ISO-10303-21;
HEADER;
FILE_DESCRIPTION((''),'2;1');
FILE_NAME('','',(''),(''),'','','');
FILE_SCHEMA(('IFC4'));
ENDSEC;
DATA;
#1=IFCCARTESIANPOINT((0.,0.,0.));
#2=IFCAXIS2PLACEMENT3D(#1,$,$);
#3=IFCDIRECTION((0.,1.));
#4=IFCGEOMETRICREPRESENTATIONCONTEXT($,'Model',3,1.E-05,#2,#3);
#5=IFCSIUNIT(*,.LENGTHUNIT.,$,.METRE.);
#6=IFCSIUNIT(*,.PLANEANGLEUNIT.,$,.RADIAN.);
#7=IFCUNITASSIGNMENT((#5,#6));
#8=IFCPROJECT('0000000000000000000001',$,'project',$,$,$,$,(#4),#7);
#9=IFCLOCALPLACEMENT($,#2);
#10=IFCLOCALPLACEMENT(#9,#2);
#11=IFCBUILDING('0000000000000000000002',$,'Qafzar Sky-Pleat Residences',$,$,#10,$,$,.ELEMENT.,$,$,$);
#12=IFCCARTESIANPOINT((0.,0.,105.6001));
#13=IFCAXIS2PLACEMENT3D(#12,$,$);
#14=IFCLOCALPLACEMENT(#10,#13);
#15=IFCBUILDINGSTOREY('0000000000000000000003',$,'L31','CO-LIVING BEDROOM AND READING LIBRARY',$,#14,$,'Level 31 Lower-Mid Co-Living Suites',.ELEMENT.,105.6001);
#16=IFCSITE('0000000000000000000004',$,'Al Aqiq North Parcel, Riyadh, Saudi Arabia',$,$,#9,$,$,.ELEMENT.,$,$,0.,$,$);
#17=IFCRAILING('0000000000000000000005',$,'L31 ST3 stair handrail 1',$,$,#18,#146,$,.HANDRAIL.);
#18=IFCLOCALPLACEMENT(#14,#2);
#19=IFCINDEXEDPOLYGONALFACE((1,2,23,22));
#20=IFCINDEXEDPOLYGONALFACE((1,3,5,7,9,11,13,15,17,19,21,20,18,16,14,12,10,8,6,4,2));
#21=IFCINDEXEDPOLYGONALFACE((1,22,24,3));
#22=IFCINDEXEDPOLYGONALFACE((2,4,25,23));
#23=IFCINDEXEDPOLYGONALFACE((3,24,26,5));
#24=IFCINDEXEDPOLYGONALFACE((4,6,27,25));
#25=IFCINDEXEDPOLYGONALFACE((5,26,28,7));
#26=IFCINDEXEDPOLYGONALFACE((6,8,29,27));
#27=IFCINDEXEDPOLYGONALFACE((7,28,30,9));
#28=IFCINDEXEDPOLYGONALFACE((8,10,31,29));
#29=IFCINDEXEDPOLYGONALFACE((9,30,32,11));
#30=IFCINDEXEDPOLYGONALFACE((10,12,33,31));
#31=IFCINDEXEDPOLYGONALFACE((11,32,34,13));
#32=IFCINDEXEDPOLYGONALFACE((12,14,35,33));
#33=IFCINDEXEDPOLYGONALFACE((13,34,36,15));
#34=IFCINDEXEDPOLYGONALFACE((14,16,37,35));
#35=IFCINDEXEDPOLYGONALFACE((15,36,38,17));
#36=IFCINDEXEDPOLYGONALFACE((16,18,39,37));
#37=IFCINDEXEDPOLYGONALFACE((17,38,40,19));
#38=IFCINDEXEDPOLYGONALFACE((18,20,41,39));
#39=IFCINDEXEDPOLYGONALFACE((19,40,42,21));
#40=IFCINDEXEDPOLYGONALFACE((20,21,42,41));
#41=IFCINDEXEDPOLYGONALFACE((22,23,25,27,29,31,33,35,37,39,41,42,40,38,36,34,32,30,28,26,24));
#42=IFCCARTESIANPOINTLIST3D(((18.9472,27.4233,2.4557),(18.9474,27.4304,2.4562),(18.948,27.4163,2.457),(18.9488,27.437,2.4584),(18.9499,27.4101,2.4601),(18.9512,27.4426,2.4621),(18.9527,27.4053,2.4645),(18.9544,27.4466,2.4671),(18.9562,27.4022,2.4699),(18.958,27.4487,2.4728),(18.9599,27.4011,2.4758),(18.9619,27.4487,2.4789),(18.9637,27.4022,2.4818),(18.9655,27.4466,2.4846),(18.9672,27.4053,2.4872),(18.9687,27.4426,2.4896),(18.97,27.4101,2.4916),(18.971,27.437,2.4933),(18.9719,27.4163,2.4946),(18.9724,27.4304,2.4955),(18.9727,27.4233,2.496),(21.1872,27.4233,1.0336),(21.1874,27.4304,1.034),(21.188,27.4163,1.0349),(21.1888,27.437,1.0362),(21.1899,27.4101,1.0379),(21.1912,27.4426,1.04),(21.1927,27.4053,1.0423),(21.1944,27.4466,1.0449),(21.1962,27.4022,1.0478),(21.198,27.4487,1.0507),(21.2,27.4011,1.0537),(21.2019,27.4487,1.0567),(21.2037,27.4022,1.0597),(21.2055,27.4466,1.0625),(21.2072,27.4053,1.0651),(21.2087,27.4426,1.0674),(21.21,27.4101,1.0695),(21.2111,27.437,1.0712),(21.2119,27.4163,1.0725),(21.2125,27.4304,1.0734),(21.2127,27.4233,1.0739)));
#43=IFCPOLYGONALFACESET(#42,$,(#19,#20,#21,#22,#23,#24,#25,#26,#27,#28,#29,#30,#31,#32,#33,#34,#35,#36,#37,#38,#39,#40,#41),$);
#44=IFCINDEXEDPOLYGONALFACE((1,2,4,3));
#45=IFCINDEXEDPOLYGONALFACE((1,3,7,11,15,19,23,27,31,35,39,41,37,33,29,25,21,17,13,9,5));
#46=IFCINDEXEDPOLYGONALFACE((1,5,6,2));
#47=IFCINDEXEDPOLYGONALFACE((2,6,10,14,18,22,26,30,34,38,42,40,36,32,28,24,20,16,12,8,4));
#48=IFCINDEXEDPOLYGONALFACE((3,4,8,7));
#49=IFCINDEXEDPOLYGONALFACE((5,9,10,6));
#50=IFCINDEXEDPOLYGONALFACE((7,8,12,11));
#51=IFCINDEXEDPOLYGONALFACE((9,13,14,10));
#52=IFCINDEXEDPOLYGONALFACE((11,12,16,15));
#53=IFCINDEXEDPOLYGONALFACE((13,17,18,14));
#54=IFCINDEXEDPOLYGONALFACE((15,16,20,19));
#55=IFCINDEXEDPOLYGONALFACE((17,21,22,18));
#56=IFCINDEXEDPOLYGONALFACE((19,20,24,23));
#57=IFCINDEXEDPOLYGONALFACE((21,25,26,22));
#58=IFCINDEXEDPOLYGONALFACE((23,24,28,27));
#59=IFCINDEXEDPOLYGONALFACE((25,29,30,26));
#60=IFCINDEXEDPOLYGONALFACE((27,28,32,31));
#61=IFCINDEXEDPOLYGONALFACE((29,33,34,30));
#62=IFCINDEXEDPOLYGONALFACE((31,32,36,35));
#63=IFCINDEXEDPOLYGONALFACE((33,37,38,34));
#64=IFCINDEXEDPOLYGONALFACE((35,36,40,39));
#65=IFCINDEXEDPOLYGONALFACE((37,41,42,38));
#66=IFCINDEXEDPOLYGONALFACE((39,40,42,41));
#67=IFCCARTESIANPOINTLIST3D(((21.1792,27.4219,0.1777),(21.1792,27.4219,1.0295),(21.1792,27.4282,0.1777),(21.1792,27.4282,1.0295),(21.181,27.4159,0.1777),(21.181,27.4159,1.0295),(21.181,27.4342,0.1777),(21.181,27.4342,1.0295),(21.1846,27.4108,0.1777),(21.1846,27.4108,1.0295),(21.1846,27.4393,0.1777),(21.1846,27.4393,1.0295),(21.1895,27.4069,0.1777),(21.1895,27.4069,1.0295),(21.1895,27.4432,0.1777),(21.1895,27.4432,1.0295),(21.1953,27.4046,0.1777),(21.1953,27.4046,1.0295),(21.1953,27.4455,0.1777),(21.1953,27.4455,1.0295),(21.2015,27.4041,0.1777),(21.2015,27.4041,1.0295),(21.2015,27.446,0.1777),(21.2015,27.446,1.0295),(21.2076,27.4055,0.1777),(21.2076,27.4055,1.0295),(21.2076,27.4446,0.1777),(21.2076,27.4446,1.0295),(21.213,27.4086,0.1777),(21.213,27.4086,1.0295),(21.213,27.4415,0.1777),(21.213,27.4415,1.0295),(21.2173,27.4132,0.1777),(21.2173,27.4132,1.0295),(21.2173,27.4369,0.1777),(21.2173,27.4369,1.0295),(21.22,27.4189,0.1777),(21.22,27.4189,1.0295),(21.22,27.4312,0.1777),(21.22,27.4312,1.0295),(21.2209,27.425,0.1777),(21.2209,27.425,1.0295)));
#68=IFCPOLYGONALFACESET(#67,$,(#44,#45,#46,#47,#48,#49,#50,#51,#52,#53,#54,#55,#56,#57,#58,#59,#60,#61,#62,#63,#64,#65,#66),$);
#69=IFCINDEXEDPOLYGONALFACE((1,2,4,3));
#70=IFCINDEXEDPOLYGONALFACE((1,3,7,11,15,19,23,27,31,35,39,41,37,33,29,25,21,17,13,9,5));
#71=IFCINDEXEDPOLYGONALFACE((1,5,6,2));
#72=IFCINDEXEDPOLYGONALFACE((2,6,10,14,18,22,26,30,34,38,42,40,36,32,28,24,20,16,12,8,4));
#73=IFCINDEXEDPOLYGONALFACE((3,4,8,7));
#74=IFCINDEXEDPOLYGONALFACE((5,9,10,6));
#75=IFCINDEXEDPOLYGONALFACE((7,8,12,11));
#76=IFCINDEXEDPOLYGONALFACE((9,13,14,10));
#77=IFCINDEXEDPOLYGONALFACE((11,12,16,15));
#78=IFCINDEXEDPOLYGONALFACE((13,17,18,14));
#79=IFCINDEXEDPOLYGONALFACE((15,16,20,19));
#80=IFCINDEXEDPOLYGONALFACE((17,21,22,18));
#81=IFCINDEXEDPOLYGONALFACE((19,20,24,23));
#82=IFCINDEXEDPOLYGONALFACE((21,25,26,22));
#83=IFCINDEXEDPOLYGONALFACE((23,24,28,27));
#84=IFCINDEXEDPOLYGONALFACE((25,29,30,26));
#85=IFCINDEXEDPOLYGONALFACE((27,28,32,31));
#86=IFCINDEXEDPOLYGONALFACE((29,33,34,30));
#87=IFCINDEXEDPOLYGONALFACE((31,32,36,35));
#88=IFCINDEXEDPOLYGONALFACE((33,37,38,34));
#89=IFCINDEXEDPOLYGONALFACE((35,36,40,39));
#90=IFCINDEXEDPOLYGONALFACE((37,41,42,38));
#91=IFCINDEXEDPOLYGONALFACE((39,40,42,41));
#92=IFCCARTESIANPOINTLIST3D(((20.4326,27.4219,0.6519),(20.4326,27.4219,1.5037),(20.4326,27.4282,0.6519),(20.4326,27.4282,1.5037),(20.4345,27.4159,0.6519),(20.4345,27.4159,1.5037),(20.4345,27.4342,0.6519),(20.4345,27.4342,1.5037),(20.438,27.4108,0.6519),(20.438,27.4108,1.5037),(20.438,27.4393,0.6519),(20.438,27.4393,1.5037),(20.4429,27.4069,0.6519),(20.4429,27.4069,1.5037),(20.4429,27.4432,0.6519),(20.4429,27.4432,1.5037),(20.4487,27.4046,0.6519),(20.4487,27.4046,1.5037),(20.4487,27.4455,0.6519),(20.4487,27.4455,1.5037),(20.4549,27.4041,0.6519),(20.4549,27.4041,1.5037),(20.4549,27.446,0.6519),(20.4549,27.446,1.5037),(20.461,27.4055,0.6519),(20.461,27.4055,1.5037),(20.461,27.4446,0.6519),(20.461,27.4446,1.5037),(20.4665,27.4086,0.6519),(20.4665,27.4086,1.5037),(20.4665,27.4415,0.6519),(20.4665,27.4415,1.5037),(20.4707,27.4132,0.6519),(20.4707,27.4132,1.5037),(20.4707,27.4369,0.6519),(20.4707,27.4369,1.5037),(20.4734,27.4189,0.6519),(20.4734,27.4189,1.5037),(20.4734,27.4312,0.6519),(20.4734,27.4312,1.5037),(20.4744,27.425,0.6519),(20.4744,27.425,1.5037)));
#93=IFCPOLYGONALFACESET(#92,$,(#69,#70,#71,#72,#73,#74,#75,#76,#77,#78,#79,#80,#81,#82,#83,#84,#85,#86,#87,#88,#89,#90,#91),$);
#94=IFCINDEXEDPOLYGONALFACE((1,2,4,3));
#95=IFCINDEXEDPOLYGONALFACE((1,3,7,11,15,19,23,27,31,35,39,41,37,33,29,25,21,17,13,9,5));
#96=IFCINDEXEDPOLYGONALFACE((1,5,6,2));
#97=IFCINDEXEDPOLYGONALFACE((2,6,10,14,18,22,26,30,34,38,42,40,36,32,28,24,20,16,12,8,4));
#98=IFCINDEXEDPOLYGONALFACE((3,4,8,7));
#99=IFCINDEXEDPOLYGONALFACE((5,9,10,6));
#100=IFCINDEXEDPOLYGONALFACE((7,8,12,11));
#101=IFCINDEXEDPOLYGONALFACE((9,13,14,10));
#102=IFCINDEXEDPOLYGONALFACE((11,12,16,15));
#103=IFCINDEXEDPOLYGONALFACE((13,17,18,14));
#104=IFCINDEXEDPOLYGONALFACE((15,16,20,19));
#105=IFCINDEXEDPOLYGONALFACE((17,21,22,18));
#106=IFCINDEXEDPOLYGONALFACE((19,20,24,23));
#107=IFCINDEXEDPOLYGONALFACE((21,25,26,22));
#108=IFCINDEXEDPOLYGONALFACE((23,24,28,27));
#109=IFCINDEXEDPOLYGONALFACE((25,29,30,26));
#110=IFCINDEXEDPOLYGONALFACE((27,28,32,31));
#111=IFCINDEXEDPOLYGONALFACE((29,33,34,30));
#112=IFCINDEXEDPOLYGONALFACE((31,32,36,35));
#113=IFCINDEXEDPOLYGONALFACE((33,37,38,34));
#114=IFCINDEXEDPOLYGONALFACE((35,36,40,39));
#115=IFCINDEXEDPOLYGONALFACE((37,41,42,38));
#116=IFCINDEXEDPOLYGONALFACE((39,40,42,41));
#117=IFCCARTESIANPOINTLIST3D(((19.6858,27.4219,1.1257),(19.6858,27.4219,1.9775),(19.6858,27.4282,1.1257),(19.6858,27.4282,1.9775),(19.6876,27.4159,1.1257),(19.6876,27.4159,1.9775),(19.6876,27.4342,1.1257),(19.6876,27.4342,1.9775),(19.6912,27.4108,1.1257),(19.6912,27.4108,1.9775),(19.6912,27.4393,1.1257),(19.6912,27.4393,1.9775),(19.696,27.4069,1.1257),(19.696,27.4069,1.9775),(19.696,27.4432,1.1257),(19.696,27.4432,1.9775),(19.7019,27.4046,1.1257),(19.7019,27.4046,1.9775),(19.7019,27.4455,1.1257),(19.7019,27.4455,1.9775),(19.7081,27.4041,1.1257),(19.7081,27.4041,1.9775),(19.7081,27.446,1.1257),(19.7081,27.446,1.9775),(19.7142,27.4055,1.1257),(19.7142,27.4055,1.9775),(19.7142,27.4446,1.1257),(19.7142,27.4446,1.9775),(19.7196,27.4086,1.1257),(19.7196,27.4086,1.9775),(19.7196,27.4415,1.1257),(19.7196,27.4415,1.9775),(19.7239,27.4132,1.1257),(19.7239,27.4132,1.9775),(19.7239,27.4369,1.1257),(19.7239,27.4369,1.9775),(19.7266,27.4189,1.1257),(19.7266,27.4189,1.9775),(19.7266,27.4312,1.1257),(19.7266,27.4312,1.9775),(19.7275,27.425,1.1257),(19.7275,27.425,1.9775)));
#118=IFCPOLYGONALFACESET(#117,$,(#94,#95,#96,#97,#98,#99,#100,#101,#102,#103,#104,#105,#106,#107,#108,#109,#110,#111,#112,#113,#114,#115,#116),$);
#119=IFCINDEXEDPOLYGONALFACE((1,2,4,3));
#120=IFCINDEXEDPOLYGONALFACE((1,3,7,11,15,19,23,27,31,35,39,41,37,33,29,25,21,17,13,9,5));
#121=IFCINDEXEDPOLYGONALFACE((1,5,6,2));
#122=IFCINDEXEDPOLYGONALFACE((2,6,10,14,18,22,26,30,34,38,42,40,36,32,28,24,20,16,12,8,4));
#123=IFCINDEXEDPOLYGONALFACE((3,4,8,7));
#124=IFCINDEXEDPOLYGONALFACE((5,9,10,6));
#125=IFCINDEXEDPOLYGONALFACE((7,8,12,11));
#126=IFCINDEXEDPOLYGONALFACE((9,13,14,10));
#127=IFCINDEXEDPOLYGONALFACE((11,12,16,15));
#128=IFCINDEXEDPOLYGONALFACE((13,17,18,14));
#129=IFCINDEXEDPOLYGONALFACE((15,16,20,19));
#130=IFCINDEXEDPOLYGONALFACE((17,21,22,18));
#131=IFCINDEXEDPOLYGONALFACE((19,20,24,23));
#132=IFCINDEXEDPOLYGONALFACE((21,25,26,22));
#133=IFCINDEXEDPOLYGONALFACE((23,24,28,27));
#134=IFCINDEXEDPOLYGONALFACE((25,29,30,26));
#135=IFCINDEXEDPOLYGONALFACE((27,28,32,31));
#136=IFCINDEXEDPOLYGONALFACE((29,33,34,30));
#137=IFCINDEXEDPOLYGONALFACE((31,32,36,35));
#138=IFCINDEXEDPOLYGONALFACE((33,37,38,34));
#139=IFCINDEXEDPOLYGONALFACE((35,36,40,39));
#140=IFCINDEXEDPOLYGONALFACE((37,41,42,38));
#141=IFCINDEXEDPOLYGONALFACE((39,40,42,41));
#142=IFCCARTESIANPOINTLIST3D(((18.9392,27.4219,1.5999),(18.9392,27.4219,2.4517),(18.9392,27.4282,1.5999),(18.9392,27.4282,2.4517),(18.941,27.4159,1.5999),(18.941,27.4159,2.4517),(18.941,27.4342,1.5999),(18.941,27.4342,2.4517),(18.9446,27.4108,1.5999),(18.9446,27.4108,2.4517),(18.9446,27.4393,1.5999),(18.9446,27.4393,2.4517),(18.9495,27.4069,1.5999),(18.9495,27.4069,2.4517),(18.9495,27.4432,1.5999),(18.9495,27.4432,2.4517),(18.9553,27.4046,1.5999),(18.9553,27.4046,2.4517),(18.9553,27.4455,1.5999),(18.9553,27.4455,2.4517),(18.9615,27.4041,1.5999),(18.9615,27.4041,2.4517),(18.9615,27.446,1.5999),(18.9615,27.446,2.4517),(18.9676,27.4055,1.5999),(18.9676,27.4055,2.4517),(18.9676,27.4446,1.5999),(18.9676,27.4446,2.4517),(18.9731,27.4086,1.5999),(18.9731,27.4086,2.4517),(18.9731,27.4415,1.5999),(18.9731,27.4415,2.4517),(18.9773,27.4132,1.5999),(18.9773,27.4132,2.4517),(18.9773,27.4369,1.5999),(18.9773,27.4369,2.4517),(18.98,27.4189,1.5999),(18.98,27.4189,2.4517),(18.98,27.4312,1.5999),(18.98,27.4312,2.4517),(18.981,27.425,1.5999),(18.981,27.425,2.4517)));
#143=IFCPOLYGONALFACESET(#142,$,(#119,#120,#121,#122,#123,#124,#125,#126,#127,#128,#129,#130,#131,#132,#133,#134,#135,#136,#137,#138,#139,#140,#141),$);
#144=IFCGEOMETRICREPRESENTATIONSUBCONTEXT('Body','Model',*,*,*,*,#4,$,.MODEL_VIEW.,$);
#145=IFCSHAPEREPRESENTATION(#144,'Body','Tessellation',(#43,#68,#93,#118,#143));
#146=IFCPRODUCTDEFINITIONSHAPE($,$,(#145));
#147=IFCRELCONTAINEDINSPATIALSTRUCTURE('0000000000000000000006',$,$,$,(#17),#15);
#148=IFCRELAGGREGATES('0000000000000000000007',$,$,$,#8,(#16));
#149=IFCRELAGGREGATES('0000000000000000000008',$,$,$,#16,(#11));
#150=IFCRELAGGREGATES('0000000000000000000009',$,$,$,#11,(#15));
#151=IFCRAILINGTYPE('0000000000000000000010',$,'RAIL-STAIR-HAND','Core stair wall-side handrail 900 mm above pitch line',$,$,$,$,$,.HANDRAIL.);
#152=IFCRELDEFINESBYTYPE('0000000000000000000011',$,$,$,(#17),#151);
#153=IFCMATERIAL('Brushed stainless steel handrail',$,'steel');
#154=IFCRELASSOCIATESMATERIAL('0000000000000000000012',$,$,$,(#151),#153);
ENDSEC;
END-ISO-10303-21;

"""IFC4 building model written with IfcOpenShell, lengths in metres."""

from ifc_helpers import new_model, si_unit, direction, frame, origin, origin_2d, place, context, subcontext, project, spatial, circle, extrude, source, transform, mapped, material, type_object, element, save


model = new_model("IFC4")

# Units and contexts
model_context = context("Model", 3, precision=1e-05, world=origin(), true_north=direction((0.0, 1.0)))
body_context = subcontext(model_context, "Body", "Model", "MODEL_VIEW")
ifc_project = project(units=[si_unit("LENGTHUNIT", "METRE"), si_unit("PLANEANGLEUNIT", "RADIAN")], contexts=[model_context])

# Site, building, storey
site_placement = place(None, origin())
site = spatial("IfcSite", under=ifc_project, at=site_placement, Name="Al Aqiq North Parcel, Riyadh, Saudi Arabia", CompositionType="ELEMENT", RefElevation=0.0)
building_placement = place(site_placement, origin())
building = spatial("IfcBuilding", under=site, at=building_placement, Name="Qafzar Sky-Pleat Residences", CompositionType="ELEMENT")
storey_placement = place(building_placement, frame((0.0, 0.0, 105.6001)))
storey = spatial("IfcBuildingStorey", under=building, at=storey_placement, Name="L31", Description="CO-LIVING BEDROOM AND READING LIBRARY", LongName="Level 31 Lower-Mid Co-Living Suites", CompositionType="ELEMENT", Elevation=105.6001)

# Railing
ifc_material_1 = material(Name="Brushed stainless steel handrail", Category="steel")
railing_type_1 = type_object("IfcRailingType", Name="RAIL-STAIR-HAND", Description="Core stair wall-side handrail 900 mm above pitch line", PredefinedType="HANDRAIL", material=ifc_material_1)
shared_shape_1 = source(origin(), body_context, "Body", "SweptSolid", [
    extrude(circle(Radius=0.0239, at=origin_2d()), frame((0.0, 0.0, 0.876), z_axis=(-0.844229, 0.0, 0.535982), x_axis=(0.0, -1.0, 0.0)), (0.0, 0.0, 1.0), 2.6533),
    extrude(circle(Radius=0.021, at=origin_2d()), origin(), (0.0, 0.0, 1.0), 0.8518),
    extrude(circle(Radius=0.021, at=origin_2d()), frame((-0.7466, 0.0, 0.4741)), (0.0, 0.0, 1.0), 0.8518),
    extrude(circle(Radius=0.021, at=origin_2d()), frame((-1.4934, 0.0, 0.948)), (0.0, 0.0, 1.0), 0.8518),
    extrude(circle(Radius=0.021, at=origin_2d()), frame((-2.24, 0.0, 1.4221)), (0.0, 0.0, 1.0), 0.8518),
])
railing_1_placement = place(storey_placement, frame((21.2, 27.425, 0.1777)))
element("IfcRailing", 1, at=railing_1_placement, inside=storey, type_object=railing_type_1, Name="L31 ST3 stair handrail 1", PredefinedType="HANDRAIL", context=body_context, shape_type="MappedRepresentation", body=[
    mapped(shared_shape_1, transform((0.0, 0.0, 0.0), x_axis=(1.0, 0.0, 0.0), y_axis=(0.0, 1.0, 0.0), z_axis=(0.0, 0.0, 1.0), scale=1.0)),
])

save(model, "model.ifc")
